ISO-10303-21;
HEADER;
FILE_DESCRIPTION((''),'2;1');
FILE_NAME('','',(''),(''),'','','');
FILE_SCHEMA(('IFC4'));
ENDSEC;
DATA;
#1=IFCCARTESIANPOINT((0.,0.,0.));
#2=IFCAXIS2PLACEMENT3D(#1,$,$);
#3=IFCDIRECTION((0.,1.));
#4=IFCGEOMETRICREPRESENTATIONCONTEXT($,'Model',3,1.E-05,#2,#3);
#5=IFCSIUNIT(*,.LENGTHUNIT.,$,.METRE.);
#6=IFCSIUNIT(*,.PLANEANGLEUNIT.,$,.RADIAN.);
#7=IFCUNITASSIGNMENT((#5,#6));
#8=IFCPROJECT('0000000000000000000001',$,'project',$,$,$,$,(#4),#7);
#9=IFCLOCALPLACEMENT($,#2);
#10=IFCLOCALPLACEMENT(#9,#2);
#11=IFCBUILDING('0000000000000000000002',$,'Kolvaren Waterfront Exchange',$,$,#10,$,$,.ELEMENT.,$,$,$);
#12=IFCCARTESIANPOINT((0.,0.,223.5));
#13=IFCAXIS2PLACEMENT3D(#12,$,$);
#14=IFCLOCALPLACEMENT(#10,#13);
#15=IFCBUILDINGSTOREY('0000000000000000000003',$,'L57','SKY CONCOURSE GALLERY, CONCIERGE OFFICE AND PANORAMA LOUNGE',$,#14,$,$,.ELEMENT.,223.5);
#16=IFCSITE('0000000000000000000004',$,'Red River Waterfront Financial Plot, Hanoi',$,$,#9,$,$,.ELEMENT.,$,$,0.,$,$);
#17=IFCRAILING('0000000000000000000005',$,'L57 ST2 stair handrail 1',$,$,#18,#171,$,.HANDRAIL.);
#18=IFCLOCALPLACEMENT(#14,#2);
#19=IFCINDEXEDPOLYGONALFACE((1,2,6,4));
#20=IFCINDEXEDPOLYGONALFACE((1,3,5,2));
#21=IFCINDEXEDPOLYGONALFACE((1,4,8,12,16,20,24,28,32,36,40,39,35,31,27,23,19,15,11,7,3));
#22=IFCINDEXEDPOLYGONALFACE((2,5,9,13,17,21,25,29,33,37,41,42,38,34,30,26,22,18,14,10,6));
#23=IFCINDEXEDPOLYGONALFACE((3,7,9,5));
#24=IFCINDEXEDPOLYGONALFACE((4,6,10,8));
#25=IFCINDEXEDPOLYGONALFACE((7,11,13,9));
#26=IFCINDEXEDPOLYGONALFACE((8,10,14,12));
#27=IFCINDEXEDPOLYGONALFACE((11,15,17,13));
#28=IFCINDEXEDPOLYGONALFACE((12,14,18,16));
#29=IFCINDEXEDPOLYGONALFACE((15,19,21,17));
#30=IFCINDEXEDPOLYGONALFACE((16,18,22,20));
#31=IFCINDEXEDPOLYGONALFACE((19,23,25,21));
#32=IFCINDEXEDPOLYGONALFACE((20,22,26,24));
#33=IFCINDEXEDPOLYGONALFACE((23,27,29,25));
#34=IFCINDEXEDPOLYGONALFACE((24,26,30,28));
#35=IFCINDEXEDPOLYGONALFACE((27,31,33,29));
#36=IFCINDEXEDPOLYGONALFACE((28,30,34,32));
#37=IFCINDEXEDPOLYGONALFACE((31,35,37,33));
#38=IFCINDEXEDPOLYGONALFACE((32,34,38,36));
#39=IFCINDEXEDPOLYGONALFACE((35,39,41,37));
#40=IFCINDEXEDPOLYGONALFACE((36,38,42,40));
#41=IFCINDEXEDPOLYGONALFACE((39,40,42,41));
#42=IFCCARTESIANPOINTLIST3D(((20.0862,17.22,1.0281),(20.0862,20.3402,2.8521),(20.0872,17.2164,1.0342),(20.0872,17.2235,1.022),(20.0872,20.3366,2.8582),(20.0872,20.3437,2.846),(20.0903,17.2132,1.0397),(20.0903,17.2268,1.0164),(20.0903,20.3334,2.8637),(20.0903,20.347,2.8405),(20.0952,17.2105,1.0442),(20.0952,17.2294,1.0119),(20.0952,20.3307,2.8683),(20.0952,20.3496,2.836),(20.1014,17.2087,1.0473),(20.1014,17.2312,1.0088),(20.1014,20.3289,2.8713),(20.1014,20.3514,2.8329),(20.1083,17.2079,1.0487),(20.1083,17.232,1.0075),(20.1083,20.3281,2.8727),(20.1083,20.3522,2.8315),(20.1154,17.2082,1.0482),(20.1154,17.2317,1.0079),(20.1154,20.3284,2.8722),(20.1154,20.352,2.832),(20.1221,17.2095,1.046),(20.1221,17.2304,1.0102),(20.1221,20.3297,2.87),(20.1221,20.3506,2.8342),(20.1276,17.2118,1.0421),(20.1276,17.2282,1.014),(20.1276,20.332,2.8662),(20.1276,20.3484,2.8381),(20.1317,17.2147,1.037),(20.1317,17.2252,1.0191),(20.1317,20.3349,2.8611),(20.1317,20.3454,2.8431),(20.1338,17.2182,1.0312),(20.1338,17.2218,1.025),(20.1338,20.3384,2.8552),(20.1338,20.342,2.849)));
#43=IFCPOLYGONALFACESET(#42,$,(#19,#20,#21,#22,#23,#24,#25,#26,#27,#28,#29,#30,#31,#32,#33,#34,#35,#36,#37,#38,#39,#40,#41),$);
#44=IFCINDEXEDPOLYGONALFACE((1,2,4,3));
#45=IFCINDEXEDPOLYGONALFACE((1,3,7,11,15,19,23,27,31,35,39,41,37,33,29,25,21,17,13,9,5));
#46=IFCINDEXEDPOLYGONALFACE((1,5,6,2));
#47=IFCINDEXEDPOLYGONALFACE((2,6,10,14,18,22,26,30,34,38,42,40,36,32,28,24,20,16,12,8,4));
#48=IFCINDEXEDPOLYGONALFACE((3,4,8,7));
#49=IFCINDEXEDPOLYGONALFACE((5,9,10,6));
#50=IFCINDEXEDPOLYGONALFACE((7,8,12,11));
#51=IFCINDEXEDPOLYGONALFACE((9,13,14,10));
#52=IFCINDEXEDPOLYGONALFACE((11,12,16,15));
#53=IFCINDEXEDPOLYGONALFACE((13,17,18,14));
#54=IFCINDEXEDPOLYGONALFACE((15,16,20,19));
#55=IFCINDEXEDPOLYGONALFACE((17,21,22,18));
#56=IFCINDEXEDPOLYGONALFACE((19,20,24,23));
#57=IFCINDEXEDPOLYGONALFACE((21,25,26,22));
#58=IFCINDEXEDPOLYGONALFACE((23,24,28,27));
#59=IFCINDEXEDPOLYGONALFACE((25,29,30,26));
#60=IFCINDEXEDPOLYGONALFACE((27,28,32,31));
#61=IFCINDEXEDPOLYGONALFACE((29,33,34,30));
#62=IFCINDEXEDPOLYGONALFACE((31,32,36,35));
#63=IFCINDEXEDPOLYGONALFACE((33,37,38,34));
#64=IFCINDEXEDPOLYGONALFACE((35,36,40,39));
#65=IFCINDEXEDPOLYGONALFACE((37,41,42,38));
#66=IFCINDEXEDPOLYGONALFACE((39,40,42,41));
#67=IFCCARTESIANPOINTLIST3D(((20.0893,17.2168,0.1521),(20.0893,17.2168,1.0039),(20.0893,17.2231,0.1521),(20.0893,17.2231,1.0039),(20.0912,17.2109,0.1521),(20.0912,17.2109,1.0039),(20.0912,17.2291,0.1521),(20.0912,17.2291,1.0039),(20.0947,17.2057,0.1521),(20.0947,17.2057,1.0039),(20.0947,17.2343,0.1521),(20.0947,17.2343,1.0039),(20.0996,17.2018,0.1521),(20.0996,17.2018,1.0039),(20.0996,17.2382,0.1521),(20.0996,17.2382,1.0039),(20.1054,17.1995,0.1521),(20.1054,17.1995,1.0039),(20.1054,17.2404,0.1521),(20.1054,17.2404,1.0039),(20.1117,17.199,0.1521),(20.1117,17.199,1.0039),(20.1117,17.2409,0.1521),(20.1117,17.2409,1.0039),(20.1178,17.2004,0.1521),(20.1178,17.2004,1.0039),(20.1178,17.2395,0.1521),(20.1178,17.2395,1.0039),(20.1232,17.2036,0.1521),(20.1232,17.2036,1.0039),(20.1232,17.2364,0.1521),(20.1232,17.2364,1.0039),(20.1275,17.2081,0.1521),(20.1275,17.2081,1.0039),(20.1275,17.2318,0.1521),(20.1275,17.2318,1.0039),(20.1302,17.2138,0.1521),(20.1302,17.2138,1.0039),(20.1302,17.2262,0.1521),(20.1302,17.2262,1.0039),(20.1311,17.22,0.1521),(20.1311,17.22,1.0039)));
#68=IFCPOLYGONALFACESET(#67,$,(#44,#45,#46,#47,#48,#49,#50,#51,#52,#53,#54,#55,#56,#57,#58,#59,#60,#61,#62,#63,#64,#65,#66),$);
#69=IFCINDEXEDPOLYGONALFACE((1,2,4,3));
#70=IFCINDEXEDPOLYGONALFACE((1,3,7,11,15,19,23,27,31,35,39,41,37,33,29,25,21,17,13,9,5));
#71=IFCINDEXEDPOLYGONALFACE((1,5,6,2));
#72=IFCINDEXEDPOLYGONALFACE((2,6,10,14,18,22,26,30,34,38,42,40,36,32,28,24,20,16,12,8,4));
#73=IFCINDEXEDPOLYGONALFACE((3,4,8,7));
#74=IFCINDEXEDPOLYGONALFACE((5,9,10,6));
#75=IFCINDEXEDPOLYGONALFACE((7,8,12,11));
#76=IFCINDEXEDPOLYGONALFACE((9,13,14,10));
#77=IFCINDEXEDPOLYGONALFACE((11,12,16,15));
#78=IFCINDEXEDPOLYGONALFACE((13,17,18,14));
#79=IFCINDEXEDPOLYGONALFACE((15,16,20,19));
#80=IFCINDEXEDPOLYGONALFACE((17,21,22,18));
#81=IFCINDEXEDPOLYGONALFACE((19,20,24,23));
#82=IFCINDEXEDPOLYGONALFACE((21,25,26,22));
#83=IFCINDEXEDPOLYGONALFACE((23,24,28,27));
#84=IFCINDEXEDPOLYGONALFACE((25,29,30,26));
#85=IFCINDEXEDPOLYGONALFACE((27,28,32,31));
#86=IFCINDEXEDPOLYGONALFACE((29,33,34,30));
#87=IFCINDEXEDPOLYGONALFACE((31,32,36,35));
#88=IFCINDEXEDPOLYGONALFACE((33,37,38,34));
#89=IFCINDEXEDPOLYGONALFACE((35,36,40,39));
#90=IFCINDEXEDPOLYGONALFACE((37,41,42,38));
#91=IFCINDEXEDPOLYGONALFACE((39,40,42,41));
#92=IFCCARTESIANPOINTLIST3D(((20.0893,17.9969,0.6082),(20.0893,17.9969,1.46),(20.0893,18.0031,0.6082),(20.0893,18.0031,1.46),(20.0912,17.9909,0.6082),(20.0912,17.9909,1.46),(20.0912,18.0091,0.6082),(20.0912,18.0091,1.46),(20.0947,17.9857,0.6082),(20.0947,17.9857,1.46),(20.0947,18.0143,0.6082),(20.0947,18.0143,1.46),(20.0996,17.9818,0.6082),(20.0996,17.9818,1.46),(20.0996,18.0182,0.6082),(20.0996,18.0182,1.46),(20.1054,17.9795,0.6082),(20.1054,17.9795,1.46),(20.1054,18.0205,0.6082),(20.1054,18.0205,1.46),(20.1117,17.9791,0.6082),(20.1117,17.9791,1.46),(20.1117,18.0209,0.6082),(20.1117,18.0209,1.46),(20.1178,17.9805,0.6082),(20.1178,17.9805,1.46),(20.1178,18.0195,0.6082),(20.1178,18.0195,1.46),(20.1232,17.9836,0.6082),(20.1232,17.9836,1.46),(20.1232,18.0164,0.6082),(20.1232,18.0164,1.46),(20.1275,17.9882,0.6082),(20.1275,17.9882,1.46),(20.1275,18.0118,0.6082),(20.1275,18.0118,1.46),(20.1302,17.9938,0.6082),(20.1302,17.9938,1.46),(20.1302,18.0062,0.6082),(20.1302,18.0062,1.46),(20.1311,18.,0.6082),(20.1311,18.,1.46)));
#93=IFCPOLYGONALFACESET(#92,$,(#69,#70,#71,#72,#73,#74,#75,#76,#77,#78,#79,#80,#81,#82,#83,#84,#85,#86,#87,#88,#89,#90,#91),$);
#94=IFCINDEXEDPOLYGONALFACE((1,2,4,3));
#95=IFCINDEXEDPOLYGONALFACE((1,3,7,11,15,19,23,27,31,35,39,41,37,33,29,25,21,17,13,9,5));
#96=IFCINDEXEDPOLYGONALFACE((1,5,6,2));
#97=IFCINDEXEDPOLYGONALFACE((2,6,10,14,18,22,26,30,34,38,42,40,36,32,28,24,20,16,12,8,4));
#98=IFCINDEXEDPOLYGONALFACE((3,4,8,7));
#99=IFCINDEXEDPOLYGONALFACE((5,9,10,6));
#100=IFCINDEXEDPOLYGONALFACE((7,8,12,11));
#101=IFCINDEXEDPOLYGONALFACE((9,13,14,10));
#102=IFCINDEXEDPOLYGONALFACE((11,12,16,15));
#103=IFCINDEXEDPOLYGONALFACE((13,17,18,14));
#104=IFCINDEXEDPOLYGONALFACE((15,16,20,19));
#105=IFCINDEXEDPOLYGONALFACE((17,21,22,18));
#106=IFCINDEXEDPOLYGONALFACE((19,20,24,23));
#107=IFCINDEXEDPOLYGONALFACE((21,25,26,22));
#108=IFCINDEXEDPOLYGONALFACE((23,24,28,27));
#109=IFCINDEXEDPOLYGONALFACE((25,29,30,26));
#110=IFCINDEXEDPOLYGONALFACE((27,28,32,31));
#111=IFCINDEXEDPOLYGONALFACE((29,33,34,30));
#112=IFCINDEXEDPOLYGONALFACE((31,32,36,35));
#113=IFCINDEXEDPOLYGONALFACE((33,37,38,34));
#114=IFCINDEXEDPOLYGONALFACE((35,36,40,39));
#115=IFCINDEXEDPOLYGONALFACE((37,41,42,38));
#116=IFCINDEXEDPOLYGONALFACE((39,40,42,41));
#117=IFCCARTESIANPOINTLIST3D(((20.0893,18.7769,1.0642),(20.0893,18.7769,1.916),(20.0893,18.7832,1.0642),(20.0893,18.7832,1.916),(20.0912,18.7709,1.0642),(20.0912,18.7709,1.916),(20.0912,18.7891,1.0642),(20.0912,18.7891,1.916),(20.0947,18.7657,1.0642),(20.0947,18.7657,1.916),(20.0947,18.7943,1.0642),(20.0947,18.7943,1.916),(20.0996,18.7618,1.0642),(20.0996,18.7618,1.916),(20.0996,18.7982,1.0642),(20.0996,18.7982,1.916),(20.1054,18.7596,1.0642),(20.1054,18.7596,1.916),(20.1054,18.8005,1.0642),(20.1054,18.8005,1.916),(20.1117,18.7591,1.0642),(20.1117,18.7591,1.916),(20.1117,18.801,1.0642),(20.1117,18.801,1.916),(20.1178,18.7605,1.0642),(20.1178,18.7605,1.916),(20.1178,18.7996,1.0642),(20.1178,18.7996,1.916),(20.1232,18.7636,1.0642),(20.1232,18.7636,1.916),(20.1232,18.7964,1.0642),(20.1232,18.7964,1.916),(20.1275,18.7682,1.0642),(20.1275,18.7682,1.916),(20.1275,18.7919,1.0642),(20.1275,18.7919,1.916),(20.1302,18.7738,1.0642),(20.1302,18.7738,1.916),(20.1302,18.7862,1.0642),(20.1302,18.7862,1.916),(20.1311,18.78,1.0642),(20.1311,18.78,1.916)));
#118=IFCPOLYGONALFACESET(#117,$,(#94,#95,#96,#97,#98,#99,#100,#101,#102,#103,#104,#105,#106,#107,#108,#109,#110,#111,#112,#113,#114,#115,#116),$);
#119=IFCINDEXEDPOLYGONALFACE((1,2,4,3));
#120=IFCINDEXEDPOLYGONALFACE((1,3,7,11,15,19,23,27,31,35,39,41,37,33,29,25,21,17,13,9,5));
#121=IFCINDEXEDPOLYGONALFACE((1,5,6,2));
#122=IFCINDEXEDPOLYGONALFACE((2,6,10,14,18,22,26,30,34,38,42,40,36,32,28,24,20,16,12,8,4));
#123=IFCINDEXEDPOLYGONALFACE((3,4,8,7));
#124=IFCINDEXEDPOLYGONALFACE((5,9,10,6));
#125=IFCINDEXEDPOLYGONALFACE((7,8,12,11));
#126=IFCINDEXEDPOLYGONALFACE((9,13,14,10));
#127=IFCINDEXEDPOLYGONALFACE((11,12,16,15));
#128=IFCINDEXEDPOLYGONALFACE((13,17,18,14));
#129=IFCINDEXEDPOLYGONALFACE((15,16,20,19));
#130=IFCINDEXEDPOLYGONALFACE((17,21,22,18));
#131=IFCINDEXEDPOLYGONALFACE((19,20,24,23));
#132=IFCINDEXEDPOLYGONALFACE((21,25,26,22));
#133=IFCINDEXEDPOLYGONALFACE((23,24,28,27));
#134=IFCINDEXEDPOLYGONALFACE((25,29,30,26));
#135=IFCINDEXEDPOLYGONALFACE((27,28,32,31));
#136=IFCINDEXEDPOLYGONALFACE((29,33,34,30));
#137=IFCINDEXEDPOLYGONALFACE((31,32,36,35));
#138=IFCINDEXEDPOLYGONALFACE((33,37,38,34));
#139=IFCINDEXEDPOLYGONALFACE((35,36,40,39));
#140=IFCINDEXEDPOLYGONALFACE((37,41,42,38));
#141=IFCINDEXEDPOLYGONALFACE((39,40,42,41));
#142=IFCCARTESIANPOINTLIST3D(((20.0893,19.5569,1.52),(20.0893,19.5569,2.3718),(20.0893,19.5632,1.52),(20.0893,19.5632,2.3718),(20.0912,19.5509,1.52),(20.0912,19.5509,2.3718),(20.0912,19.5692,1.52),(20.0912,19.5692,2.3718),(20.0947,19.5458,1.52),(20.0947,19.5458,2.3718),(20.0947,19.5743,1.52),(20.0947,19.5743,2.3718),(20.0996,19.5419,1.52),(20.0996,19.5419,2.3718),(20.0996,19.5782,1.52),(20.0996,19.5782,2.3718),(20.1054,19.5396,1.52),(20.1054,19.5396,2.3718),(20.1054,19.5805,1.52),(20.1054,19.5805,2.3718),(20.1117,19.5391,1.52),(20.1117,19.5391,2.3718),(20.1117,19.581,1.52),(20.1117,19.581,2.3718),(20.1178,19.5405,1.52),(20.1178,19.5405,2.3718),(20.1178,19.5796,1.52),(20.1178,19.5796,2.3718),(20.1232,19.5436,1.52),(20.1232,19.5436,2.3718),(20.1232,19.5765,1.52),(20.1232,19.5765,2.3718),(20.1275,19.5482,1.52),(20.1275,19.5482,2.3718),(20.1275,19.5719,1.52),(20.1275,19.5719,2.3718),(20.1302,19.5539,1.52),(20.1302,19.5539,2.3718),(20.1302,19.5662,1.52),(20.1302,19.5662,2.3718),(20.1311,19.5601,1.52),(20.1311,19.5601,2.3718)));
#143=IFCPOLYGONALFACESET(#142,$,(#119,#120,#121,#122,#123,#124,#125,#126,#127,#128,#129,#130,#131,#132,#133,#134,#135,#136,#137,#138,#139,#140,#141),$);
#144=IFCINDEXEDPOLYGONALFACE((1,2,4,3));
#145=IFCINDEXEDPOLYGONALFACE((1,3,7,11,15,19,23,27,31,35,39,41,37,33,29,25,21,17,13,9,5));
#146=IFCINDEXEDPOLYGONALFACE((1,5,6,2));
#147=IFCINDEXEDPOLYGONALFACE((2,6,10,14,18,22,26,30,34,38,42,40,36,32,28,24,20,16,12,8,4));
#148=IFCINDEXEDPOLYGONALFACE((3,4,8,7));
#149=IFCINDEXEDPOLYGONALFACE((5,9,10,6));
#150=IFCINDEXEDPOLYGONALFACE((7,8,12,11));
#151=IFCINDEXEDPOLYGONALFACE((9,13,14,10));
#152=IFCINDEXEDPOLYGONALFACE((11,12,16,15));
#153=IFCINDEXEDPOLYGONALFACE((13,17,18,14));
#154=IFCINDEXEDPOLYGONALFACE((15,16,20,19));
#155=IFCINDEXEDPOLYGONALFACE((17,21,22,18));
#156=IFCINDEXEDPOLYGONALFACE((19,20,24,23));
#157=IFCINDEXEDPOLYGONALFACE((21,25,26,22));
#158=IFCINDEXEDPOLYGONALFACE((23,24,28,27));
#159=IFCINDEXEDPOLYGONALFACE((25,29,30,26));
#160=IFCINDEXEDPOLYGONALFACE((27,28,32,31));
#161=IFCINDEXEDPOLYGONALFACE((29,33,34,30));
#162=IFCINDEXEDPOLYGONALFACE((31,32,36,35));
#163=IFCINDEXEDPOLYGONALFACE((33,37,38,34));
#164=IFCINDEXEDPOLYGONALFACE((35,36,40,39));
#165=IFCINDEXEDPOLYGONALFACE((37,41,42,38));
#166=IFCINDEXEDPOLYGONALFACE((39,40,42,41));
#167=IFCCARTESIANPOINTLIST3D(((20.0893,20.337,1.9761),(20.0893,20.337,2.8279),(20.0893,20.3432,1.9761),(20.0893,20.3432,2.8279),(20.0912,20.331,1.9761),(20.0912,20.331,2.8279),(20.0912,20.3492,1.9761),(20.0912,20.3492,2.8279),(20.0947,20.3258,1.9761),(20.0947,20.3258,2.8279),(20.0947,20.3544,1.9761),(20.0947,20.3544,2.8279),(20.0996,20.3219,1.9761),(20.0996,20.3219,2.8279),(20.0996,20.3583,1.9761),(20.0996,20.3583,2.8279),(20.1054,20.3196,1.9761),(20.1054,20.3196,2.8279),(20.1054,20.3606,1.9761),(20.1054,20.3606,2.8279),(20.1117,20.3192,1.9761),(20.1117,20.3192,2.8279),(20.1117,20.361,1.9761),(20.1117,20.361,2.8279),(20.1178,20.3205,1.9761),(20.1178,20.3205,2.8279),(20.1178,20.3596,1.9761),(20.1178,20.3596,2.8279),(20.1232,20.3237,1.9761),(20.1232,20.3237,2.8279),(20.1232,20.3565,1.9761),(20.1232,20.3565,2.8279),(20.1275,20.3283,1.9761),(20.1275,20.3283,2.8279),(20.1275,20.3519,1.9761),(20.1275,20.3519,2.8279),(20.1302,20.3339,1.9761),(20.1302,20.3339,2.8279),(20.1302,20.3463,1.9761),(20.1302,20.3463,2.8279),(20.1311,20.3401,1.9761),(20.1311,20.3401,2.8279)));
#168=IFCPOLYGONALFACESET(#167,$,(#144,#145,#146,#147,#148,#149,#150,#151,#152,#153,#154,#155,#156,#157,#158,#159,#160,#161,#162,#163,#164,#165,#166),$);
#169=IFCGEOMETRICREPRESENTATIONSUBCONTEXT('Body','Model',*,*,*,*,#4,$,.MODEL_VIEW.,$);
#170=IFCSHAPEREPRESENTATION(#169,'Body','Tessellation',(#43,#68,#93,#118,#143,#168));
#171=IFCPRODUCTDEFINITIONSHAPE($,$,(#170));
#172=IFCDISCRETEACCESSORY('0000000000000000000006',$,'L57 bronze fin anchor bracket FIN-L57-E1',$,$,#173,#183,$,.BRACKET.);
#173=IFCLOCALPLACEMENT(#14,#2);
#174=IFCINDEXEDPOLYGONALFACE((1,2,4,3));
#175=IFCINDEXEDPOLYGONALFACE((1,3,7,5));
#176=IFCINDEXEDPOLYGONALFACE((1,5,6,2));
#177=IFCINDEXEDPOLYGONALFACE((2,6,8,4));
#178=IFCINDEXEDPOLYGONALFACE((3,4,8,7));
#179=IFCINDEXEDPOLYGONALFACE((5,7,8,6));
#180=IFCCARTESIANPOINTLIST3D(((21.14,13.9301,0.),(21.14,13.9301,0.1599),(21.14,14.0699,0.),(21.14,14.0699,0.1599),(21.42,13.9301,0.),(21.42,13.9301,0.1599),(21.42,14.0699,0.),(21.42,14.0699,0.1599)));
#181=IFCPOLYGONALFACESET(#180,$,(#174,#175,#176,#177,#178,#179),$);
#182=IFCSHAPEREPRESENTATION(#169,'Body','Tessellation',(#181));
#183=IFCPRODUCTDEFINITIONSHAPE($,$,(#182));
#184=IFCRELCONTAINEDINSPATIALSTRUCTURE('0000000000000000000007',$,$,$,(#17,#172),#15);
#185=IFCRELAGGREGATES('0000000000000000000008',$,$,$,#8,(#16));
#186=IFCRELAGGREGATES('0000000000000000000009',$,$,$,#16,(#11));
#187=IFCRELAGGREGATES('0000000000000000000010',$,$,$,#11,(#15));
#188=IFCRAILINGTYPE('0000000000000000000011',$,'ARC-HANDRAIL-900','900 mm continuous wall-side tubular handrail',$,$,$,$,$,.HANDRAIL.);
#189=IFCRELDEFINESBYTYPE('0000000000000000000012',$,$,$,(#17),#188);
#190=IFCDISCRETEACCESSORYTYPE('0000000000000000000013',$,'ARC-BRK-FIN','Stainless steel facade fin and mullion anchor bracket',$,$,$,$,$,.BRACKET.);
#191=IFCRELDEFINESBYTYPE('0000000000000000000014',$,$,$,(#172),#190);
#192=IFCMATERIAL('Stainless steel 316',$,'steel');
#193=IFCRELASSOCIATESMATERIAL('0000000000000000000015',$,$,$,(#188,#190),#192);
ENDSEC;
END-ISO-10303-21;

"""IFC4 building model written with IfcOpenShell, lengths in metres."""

from ifc_helpers import new_model, si_unit, direction, frame, origin, origin_with_axes, origin_2d, place, context, subcontext, project, spatial, rectangle, circle, extrude, source, transform, mapped, material, type_object, element, save


model = new_model("IFC4")

# Units and contexts
model_context = context("Model", 3, precision=1e-05, world=origin(), true_north=direction((0.0, 1.0)))
body_context = subcontext(model_context, "Body", "Model", "MODEL_VIEW")
ifc_project = project(units=[si_unit("LENGTHUNIT", "METRE"), si_unit("PLANEANGLEUNIT", "RADIAN")], contexts=[model_context])

# Site, building, storey
site_placement = place(None, origin())
site = spatial("IfcSite", under=ifc_project, at=site_placement, Name="Red River Waterfront Financial Plot, Hanoi", CompositionType="ELEMENT", RefElevation=0.0)
building_placement = place(site_placement, origin())
building = spatial("IfcBuilding", under=site, at=building_placement, Name="Kolvaren Waterfront Exchange", CompositionType="ELEMENT")
storey_placement = place(building_placement, frame((0.0, 0.0, 223.5)))
storey = spatial("IfcBuildingStorey", under=building, at=storey_placement, Name="L57", Description="SKY CONCOURSE GALLERY, CONCIERGE OFFICE AND PANORAMA LOUNGE", CompositionType="ELEMENT", Elevation=223.5)

# Railing
ifc_material_1 = material(Name="Stainless steel 316", Category="steel")
railing_type_1 = type_object("IfcRailingType", Name="ARC-HANDRAIL-900", Description="900 mm continuous wall-side tubular handrail", PredefinedType="HANDRAIL", material=ifc_material_1)
railing_1_placement = place(storey_placement, frame((20.1101, 17.22, 0.1521)))
element("IfcRailing", 1, at=railing_1_placement, inside=storey, type_object=railing_type_1, Name="L57 ST2 stair handrail 1", PredefinedType="HANDRAIL", context=body_context, shape_type="SweptSolid", body=[
    extrude(circle(Radius=0.0239, at=origin_2d()), frame((0.0, 0.0, 0.876), z_axis=(0.0, 0.863308, 0.504677), x_axis=(-1.0, 0.0, 0.0)), (0.0, 0.0, 1.0), 3.6143),
    extrude(circle(Radius=0.021, at=origin_2d()), origin(), (0.0, 0.0, 1.0), 0.8518),
    extrude(circle(Radius=0.021, at=origin_2d()), frame((0.0, 0.78, 0.4561)), (0.0, 0.0, 1.0), 0.8518),
    extrude(circle(Radius=0.021, at=origin_2d()), frame((0.0, 1.5601, 0.9121)), (0.0, 0.0, 1.0), 0.8518),
    extrude(circle(Radius=0.021, at=origin_2d()), frame((0.0, 2.3401, 1.3679)), (0.0, 0.0, 1.0), 0.8518),
    extrude(circle(Radius=0.021, at=origin_2d()), frame((0.0, 3.1201, 1.824)), (0.0, 0.0, 1.0), 0.8518),
])

# Discrete accessory
discrete_accessory_type = type_object("IfcDiscreteAccessoryType", Name="ARC-BRK-FIN", Description="Stainless steel facade fin and mullion anchor bracket", PredefinedType="BRACKET", material=ifc_material_1)
shared_shape_1 = source(origin_with_axes(), body_context, "Body", "SweptSolid", [
    extrude(rectangle(XDim=0.28, YDim=0.1399, at=origin_2d()), origin(), (0.0, 0.0, 1.0), 0.1599),
])
discrete_accessory_placement = place(storey_placement, frame((21.28, 14.0, 0.0), z_axis=(0.0, 0.0, 1.0), x_axis=(1.0, 0.0, 0.0)))
element("IfcDiscreteAccessory", 2, at=discrete_accessory_placement, inside=storey, type_object=discrete_accessory_type, Name="L57 bronze fin anchor bracket FIN-L57-E1", PredefinedType="BRACKET", context=body_context, shape_type="MappedRepresentation", body=[
    mapped(shared_shape_1, transform((0.0, 0.0, 0.0), x_axis=(1.0, 0.0, 0.0), y_axis=(0.0, 1.0, 0.0), z_axis=(0.0, 0.0, 1.0), scale=1.0)),
])

save(model, "model.ifc")
